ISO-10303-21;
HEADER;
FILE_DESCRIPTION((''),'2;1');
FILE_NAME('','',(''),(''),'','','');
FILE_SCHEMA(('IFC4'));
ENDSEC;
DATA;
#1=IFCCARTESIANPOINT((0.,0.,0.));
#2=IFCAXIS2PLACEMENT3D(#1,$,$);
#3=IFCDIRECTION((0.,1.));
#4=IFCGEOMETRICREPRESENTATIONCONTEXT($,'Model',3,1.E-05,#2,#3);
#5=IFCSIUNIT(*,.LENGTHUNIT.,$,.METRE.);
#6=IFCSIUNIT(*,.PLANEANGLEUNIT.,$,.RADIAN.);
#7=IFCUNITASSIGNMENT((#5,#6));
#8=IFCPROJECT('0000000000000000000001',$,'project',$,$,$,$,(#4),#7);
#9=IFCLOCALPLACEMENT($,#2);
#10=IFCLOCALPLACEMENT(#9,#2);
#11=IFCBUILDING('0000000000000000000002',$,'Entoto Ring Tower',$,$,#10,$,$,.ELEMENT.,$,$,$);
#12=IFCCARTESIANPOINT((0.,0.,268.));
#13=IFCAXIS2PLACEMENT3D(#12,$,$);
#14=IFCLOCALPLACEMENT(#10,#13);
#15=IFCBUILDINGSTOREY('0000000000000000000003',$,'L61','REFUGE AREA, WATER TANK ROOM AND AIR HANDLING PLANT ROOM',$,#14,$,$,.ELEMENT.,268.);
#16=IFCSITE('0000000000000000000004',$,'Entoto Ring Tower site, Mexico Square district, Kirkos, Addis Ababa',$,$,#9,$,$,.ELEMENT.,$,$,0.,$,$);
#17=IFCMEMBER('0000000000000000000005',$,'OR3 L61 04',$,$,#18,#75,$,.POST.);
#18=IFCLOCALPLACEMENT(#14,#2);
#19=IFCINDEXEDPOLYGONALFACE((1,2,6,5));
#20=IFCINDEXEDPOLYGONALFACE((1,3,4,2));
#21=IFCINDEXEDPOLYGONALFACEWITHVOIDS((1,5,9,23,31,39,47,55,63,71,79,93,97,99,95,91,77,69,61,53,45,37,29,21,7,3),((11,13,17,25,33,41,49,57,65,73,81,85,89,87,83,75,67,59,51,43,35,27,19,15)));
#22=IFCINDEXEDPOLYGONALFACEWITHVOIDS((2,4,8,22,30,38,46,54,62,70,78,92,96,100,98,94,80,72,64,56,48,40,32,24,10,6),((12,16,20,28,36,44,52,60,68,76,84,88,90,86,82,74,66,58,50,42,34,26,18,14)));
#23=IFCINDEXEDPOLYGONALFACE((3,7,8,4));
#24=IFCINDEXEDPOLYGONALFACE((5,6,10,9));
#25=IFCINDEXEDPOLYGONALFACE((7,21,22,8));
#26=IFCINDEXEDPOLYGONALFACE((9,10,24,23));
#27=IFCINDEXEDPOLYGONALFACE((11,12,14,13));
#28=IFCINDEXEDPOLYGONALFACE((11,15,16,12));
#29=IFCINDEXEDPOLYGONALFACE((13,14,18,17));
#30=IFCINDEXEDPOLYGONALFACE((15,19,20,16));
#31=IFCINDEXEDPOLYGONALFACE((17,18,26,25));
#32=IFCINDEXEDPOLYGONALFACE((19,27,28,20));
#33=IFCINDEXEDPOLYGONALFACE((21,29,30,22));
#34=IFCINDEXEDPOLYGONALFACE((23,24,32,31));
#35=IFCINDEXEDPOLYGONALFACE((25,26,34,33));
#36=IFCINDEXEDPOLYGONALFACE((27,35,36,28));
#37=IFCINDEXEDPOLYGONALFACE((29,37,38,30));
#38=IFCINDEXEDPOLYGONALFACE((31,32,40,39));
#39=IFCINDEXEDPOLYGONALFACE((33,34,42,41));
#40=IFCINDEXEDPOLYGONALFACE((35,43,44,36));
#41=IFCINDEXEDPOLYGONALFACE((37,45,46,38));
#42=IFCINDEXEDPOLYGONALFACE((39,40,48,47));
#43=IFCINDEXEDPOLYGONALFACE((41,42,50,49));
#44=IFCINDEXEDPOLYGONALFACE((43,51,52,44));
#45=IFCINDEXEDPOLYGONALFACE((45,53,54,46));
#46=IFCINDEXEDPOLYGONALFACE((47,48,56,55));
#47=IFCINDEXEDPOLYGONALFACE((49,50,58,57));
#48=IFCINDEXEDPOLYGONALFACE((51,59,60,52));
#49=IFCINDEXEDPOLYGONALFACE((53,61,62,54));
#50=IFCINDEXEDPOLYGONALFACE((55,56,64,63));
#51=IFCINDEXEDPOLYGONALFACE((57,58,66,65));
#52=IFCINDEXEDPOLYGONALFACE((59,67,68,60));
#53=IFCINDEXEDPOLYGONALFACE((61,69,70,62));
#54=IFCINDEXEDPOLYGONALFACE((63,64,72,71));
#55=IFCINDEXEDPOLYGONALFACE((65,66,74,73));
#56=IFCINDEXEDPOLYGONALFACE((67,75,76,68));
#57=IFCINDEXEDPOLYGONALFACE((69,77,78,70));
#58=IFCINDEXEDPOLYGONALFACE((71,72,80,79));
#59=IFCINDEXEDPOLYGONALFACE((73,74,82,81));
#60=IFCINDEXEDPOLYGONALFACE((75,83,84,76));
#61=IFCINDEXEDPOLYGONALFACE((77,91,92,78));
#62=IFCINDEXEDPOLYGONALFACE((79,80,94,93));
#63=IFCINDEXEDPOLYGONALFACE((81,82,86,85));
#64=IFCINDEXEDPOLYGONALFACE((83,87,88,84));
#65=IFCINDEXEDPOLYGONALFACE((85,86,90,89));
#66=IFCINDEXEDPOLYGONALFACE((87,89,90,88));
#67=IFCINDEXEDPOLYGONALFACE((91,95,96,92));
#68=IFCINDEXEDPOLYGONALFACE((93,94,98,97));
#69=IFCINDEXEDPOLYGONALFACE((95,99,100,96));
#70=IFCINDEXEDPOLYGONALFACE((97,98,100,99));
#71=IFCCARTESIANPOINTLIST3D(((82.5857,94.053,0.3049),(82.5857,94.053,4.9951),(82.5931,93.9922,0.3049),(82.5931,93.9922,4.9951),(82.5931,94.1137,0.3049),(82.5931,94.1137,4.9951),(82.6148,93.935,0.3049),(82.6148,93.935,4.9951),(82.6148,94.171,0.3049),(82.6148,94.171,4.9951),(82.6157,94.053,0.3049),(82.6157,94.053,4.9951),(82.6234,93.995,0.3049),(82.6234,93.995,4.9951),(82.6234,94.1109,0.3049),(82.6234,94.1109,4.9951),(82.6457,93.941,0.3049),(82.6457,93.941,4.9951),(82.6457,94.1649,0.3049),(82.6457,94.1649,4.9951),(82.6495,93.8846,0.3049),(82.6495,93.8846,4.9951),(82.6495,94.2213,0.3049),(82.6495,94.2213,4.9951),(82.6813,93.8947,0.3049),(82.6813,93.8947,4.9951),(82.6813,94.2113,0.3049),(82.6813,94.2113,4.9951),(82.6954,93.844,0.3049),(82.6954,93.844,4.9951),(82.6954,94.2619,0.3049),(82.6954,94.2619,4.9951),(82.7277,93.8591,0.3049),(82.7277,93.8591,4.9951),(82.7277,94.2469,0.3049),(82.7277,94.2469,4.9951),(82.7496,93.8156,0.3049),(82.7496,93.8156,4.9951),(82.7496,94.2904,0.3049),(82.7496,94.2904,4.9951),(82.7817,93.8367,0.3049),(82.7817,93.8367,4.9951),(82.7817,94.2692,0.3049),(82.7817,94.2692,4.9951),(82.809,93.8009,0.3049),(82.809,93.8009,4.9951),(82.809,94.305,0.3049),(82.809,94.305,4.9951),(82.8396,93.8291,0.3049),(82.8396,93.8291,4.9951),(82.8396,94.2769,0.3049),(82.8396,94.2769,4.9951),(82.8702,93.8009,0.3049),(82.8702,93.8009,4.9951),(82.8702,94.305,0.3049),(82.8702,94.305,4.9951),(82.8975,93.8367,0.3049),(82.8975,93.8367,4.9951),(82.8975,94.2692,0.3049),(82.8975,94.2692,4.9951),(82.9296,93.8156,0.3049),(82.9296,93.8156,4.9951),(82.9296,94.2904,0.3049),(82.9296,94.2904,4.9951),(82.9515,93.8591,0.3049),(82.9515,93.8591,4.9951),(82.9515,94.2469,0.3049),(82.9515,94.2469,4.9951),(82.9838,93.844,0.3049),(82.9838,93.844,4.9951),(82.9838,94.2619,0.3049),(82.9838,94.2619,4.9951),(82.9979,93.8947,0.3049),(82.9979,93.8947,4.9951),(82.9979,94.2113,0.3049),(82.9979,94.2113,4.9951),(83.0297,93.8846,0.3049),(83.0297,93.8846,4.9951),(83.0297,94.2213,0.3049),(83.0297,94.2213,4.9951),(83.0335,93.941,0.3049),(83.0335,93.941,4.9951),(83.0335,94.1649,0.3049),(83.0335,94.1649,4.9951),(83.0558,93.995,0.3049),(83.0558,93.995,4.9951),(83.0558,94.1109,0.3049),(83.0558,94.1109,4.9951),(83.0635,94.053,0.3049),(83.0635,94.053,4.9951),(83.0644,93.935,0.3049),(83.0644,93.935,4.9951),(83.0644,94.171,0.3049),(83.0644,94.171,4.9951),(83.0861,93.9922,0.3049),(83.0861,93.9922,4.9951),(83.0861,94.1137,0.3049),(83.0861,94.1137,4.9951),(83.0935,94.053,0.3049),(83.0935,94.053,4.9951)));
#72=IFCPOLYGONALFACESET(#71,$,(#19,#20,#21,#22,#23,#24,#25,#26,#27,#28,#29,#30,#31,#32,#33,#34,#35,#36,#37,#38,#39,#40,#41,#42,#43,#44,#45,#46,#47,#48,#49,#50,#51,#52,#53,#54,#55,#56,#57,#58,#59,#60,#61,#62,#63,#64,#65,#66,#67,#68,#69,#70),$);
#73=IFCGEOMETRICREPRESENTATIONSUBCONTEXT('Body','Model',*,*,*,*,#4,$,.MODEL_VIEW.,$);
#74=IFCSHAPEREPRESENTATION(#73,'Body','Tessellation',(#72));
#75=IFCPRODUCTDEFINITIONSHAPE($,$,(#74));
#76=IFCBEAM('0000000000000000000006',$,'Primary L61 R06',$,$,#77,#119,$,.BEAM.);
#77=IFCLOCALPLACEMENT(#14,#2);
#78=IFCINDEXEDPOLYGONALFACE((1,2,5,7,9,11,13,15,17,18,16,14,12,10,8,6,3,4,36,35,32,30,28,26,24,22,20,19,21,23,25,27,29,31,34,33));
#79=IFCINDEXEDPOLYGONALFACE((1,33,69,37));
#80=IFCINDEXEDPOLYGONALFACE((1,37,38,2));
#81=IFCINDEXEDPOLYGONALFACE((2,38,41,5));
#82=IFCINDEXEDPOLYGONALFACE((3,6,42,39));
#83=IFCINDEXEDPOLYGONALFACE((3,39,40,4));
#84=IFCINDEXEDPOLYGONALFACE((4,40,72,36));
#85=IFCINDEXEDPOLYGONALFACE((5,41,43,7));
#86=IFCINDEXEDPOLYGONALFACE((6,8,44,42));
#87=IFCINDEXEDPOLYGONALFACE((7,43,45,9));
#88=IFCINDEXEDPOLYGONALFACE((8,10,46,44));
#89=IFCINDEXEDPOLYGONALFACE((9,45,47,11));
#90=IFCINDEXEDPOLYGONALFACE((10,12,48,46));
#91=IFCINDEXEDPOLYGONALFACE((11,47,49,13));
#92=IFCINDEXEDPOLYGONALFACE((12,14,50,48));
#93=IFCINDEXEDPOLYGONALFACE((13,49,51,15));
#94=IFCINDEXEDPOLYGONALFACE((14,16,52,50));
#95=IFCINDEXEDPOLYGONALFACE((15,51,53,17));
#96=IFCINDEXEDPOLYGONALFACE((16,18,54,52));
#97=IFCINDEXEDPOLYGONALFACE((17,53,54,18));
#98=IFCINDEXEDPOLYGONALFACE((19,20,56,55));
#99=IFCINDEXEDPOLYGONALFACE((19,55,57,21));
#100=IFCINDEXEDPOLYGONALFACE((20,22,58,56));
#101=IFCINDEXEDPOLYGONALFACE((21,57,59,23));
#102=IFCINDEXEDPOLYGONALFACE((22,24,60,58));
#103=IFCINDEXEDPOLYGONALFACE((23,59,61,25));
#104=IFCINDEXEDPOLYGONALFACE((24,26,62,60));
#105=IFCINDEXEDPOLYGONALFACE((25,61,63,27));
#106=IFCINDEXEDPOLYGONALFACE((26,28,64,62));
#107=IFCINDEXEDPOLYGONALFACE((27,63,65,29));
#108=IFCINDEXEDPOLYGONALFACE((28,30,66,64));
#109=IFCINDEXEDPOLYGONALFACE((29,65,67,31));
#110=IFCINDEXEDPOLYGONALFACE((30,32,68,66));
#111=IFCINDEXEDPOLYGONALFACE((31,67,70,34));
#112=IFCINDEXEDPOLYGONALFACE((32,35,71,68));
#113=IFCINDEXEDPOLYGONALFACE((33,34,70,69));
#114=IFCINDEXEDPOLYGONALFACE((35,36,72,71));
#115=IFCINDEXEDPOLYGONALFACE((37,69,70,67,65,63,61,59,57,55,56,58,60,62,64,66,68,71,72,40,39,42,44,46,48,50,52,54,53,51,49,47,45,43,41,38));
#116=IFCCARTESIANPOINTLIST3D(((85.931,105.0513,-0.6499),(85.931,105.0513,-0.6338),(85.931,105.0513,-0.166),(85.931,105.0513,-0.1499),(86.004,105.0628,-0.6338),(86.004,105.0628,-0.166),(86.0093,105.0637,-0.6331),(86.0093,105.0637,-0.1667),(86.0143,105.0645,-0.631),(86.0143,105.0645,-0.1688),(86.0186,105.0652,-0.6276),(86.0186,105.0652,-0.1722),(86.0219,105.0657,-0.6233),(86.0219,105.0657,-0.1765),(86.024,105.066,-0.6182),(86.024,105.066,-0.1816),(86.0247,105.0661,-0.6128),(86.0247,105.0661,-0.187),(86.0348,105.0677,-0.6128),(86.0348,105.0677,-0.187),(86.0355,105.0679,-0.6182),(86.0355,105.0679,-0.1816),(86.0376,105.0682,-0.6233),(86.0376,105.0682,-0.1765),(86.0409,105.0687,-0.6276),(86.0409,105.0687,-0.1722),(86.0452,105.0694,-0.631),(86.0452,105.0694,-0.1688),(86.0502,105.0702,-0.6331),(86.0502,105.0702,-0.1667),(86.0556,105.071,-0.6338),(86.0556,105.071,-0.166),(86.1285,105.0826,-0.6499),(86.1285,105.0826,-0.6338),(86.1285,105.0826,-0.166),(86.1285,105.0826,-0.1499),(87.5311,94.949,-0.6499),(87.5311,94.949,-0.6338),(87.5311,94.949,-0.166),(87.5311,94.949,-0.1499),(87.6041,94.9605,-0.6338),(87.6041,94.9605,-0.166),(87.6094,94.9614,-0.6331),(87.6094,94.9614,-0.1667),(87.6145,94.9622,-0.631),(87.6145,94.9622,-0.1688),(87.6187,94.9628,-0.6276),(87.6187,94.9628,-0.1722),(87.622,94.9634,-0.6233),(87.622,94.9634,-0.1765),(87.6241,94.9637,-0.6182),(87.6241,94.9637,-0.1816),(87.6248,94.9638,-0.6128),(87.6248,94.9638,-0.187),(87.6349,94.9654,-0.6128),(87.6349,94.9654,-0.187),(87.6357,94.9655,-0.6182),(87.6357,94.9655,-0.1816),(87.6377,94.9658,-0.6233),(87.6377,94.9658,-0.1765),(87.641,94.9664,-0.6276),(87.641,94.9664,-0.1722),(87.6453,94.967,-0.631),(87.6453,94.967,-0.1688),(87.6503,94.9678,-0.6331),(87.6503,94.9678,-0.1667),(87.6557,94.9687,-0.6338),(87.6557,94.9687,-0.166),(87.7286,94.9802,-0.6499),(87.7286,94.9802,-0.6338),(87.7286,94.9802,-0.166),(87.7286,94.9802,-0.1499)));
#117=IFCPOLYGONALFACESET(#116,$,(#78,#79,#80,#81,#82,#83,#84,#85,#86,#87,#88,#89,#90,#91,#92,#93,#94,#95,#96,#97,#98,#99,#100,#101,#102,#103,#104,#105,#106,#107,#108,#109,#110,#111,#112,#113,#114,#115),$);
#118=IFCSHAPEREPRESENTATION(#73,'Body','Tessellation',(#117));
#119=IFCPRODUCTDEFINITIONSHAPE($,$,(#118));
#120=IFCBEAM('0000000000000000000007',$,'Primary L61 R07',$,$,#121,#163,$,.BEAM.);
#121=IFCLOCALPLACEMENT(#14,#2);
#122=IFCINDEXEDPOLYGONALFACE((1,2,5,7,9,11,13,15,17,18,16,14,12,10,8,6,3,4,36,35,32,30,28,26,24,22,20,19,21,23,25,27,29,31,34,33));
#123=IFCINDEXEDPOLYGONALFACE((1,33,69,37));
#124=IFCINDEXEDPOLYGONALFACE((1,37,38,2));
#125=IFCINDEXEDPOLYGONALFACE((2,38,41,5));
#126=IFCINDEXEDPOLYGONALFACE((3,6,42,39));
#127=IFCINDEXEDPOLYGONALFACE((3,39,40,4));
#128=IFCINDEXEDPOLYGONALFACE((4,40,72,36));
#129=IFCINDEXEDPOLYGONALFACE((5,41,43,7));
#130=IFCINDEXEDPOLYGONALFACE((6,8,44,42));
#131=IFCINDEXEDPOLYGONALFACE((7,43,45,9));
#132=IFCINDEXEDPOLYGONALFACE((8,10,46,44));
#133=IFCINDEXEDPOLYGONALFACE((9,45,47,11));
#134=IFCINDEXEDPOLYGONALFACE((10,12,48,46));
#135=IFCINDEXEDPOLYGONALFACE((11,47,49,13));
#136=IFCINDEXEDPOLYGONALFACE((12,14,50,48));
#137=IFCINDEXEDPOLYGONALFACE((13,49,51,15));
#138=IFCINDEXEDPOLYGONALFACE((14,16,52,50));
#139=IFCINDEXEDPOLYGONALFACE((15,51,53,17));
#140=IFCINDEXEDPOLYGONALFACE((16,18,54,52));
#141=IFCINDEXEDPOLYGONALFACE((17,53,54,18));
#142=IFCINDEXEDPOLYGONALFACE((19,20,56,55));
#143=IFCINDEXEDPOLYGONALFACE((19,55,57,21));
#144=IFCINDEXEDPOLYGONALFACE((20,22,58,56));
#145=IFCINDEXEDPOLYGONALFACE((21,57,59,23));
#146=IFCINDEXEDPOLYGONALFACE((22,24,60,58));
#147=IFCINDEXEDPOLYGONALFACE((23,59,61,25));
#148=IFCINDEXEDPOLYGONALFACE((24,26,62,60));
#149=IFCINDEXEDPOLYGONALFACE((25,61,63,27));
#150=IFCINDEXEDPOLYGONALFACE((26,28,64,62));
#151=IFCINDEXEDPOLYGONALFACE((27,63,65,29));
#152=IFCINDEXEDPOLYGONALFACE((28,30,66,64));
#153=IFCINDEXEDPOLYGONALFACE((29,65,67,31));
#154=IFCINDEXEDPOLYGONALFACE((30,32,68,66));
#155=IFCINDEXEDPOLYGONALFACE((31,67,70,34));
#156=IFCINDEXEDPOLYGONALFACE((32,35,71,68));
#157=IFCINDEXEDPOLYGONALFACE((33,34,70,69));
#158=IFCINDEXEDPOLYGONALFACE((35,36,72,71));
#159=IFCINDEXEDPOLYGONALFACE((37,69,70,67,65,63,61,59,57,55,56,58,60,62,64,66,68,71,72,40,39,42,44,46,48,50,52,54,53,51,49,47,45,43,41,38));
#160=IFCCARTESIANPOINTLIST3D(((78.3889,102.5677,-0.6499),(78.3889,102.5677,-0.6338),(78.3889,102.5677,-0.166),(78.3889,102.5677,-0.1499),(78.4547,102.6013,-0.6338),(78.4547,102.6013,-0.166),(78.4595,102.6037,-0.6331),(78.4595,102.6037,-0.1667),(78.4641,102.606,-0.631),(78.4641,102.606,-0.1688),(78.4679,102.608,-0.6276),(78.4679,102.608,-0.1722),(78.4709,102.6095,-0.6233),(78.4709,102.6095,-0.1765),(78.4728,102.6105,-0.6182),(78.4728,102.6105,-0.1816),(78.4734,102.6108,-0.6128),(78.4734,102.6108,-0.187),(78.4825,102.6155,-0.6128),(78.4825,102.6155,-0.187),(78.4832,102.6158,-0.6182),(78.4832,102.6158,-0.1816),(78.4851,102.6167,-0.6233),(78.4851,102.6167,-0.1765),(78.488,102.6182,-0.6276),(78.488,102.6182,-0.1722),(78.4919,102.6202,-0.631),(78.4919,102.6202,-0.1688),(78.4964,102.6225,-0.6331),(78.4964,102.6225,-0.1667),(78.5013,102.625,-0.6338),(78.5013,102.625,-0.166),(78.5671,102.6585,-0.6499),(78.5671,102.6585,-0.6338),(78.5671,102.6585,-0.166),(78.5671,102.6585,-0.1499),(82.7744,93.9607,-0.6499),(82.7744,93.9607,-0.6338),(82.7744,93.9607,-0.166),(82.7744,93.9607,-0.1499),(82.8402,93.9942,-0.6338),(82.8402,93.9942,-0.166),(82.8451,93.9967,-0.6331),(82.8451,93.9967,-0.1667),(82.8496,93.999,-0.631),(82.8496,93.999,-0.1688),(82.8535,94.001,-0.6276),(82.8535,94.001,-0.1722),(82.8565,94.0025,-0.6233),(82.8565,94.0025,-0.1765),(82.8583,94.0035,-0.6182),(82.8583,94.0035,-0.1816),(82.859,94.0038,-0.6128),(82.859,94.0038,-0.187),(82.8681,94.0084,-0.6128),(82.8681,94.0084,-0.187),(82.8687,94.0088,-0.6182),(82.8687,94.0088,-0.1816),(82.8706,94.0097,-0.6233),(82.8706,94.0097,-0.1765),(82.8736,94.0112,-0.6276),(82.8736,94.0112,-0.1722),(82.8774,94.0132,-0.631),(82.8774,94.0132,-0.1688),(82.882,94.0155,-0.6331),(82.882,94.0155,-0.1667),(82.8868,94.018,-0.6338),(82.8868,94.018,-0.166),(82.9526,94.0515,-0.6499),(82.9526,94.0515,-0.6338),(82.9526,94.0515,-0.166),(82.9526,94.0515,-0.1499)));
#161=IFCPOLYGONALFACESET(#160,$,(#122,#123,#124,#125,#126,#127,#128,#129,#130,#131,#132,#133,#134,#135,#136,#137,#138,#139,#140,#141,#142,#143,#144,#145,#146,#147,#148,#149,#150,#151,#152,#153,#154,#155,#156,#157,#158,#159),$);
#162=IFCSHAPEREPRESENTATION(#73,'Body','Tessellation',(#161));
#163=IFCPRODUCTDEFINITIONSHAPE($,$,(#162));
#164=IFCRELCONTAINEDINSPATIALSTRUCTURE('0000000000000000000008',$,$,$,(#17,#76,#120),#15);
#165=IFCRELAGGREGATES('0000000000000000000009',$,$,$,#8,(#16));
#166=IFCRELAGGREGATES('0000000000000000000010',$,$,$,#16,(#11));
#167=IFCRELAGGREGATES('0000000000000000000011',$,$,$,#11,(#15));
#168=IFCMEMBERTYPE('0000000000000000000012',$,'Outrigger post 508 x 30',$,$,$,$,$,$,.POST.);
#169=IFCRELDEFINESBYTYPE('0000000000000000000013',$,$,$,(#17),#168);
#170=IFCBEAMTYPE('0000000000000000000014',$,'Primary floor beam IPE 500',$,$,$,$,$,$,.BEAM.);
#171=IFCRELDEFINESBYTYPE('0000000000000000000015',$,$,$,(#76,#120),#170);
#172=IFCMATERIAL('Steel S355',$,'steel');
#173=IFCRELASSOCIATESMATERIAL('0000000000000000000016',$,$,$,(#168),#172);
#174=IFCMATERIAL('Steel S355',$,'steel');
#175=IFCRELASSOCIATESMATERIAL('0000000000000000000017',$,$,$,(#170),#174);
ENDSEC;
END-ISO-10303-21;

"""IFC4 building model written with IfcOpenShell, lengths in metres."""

from ifc_helpers import new_model, si_unit, direction, frame, origin, origin_2d, place, context, subcontext, project, spatial, circle, hollow_circle, i_section, extrude, material, material_profile, profile_set, type_object, element, save


model = new_model("IFC4")

# Units and contexts
model_context = context("Model", 3, precision=1e-05, world=origin(), true_north=direction((0.0, 1.0)))
body_context = subcontext(model_context, "Body", "Model", "MODEL_VIEW")
ifc_project = project(units=[si_unit("LENGTHUNIT", "METRE"), si_unit("PLANEANGLEUNIT", "RADIAN")], contexts=[model_context])

# Site, building, storey
site_placement = place(None, origin())
site = spatial("IfcSite", under=ifc_project, at=site_placement, Name="Entoto Ring Tower site, Mexico Square district, Kirkos, Addis Ababa", CompositionType="ELEMENT", RefElevation=0.0)
building_placement = place(site_placement, origin())
building = spatial("IfcBuilding", under=site, at=building_placement, Name="Entoto Ring Tower", CompositionType="ELEMENT")
storey_placement = place(building_placement, frame((0.0, 0.0, 268.0)))
storey = spatial("IfcBuildingStorey", under=building, at=storey_placement, Name="L61", Description="REFUGE AREA, WATER TANK ROOM AND AIR HANDLING PLANT ROOM", CompositionType="ELEMENT", Elevation=268.0)

# Member
ifc_material_1 = material(Name="Steel S355", Category="steel")
ifc_material_profile_1 = material_profile(ifc_material_1, hollow_circle(Radius=0.2539, WallThickness=0.03, at=origin_2d()), Name="CHS 508 x 30")
ifc_material_2 = material(Name="Concrete C60/75", Category="concrete")
ifc_material_profile_2 = material_profile(ifc_material_2, circle(Radius=0.2241, at=origin_2d()), Name="Concrete C60/75 infill")
ifc_profile_set_1 = profile_set([ifc_material_profile_1, ifc_material_profile_2], Name="Steel S355")
member_type_1 = type_object("IfcMemberType", Name="Outrigger post 508 x 30", PredefinedType="POST", material=ifc_profile_set_1)
member_1_placement = place(storey_placement, frame((82.8396, 94.053, 0.3049), z_axis=(0.0, 0.0, 1.0), x_axis=(1.0, 0.0, 0.0)))
element("IfcMember", 1, at=member_1_placement, inside=storey, type_object=member_type_1, Name="OR3 L61 04", PredefinedType="POST", context=body_context, shape_type="SweptSolid", body=[
    extrude(hollow_circle(Radius=0.2539, WallThickness=0.03, at=origin_2d()), origin(), (0.0, 0.0, 1.0), 4.6902),
])

# Beams
ifc_material_3 = material(Name="Steel S355", Category="steel")
ifc_material_profile_3 = material_profile(ifc_material_3, i_section(OverallWidth=0.2, OverallDepth=0.5, WebThickness=0.0103, FlangeThickness=0.0161, FilletRadius=0.021, at=origin_2d()), Name="IPE 500")
ifc_profile_set_2 = profile_set([ifc_material_profile_3], Name="Steel S355")
beam_type_1 = type_object("IfcBeamType", Name="Primary floor beam IPE 500", PredefinedType="BEAM", material=ifc_profile_set_2)
beam_1_placement = place(storey_placement, frame((87.6299, 94.9646, -0.3999), z_axis=(-0.156439, 0.987688, 0.0), x_axis=(-0.987688, -0.156439, 0.0)))
element("IfcBeam", 2, at=beam_1_placement, inside=storey, type_object=beam_type_1, Name="Primary L61 R06", PredefinedType="BEAM", context=body_context, shape_type="SweptSolid", body=[
    extrude(i_section(OverallWidth=0.2, OverallDepth=0.5, WebThickness=0.0103, FlangeThickness=0.0161, FilletRadius=0.021, at=origin_2d()), origin(), (0.0, 0.0, 1.0), 10.2283),
])
beam_2_placement = place(storey_placement, frame((82.8635, 94.0061, -0.3999), z_axis=(-0.453994, 0.891005, 0.0), x_axis=(-0.891005, -0.453994, 0.0)))
element("IfcBeam", 3, at=beam_2_placement, inside=storey, type_object=beam_type_1, Name="Primary L61 R07", PredefinedType="BEAM", context=body_context, shape_type="SweptSolid", body=[
    extrude(i_section(OverallWidth=0.2, OverallDepth=0.5, WebThickness=0.0103, FlangeThickness=0.0161, FilletRadius=0.021, at=origin_2d()), origin(), (0.0, 0.0, 1.0), 9.6599),
])

save(model, "model.ifc")
